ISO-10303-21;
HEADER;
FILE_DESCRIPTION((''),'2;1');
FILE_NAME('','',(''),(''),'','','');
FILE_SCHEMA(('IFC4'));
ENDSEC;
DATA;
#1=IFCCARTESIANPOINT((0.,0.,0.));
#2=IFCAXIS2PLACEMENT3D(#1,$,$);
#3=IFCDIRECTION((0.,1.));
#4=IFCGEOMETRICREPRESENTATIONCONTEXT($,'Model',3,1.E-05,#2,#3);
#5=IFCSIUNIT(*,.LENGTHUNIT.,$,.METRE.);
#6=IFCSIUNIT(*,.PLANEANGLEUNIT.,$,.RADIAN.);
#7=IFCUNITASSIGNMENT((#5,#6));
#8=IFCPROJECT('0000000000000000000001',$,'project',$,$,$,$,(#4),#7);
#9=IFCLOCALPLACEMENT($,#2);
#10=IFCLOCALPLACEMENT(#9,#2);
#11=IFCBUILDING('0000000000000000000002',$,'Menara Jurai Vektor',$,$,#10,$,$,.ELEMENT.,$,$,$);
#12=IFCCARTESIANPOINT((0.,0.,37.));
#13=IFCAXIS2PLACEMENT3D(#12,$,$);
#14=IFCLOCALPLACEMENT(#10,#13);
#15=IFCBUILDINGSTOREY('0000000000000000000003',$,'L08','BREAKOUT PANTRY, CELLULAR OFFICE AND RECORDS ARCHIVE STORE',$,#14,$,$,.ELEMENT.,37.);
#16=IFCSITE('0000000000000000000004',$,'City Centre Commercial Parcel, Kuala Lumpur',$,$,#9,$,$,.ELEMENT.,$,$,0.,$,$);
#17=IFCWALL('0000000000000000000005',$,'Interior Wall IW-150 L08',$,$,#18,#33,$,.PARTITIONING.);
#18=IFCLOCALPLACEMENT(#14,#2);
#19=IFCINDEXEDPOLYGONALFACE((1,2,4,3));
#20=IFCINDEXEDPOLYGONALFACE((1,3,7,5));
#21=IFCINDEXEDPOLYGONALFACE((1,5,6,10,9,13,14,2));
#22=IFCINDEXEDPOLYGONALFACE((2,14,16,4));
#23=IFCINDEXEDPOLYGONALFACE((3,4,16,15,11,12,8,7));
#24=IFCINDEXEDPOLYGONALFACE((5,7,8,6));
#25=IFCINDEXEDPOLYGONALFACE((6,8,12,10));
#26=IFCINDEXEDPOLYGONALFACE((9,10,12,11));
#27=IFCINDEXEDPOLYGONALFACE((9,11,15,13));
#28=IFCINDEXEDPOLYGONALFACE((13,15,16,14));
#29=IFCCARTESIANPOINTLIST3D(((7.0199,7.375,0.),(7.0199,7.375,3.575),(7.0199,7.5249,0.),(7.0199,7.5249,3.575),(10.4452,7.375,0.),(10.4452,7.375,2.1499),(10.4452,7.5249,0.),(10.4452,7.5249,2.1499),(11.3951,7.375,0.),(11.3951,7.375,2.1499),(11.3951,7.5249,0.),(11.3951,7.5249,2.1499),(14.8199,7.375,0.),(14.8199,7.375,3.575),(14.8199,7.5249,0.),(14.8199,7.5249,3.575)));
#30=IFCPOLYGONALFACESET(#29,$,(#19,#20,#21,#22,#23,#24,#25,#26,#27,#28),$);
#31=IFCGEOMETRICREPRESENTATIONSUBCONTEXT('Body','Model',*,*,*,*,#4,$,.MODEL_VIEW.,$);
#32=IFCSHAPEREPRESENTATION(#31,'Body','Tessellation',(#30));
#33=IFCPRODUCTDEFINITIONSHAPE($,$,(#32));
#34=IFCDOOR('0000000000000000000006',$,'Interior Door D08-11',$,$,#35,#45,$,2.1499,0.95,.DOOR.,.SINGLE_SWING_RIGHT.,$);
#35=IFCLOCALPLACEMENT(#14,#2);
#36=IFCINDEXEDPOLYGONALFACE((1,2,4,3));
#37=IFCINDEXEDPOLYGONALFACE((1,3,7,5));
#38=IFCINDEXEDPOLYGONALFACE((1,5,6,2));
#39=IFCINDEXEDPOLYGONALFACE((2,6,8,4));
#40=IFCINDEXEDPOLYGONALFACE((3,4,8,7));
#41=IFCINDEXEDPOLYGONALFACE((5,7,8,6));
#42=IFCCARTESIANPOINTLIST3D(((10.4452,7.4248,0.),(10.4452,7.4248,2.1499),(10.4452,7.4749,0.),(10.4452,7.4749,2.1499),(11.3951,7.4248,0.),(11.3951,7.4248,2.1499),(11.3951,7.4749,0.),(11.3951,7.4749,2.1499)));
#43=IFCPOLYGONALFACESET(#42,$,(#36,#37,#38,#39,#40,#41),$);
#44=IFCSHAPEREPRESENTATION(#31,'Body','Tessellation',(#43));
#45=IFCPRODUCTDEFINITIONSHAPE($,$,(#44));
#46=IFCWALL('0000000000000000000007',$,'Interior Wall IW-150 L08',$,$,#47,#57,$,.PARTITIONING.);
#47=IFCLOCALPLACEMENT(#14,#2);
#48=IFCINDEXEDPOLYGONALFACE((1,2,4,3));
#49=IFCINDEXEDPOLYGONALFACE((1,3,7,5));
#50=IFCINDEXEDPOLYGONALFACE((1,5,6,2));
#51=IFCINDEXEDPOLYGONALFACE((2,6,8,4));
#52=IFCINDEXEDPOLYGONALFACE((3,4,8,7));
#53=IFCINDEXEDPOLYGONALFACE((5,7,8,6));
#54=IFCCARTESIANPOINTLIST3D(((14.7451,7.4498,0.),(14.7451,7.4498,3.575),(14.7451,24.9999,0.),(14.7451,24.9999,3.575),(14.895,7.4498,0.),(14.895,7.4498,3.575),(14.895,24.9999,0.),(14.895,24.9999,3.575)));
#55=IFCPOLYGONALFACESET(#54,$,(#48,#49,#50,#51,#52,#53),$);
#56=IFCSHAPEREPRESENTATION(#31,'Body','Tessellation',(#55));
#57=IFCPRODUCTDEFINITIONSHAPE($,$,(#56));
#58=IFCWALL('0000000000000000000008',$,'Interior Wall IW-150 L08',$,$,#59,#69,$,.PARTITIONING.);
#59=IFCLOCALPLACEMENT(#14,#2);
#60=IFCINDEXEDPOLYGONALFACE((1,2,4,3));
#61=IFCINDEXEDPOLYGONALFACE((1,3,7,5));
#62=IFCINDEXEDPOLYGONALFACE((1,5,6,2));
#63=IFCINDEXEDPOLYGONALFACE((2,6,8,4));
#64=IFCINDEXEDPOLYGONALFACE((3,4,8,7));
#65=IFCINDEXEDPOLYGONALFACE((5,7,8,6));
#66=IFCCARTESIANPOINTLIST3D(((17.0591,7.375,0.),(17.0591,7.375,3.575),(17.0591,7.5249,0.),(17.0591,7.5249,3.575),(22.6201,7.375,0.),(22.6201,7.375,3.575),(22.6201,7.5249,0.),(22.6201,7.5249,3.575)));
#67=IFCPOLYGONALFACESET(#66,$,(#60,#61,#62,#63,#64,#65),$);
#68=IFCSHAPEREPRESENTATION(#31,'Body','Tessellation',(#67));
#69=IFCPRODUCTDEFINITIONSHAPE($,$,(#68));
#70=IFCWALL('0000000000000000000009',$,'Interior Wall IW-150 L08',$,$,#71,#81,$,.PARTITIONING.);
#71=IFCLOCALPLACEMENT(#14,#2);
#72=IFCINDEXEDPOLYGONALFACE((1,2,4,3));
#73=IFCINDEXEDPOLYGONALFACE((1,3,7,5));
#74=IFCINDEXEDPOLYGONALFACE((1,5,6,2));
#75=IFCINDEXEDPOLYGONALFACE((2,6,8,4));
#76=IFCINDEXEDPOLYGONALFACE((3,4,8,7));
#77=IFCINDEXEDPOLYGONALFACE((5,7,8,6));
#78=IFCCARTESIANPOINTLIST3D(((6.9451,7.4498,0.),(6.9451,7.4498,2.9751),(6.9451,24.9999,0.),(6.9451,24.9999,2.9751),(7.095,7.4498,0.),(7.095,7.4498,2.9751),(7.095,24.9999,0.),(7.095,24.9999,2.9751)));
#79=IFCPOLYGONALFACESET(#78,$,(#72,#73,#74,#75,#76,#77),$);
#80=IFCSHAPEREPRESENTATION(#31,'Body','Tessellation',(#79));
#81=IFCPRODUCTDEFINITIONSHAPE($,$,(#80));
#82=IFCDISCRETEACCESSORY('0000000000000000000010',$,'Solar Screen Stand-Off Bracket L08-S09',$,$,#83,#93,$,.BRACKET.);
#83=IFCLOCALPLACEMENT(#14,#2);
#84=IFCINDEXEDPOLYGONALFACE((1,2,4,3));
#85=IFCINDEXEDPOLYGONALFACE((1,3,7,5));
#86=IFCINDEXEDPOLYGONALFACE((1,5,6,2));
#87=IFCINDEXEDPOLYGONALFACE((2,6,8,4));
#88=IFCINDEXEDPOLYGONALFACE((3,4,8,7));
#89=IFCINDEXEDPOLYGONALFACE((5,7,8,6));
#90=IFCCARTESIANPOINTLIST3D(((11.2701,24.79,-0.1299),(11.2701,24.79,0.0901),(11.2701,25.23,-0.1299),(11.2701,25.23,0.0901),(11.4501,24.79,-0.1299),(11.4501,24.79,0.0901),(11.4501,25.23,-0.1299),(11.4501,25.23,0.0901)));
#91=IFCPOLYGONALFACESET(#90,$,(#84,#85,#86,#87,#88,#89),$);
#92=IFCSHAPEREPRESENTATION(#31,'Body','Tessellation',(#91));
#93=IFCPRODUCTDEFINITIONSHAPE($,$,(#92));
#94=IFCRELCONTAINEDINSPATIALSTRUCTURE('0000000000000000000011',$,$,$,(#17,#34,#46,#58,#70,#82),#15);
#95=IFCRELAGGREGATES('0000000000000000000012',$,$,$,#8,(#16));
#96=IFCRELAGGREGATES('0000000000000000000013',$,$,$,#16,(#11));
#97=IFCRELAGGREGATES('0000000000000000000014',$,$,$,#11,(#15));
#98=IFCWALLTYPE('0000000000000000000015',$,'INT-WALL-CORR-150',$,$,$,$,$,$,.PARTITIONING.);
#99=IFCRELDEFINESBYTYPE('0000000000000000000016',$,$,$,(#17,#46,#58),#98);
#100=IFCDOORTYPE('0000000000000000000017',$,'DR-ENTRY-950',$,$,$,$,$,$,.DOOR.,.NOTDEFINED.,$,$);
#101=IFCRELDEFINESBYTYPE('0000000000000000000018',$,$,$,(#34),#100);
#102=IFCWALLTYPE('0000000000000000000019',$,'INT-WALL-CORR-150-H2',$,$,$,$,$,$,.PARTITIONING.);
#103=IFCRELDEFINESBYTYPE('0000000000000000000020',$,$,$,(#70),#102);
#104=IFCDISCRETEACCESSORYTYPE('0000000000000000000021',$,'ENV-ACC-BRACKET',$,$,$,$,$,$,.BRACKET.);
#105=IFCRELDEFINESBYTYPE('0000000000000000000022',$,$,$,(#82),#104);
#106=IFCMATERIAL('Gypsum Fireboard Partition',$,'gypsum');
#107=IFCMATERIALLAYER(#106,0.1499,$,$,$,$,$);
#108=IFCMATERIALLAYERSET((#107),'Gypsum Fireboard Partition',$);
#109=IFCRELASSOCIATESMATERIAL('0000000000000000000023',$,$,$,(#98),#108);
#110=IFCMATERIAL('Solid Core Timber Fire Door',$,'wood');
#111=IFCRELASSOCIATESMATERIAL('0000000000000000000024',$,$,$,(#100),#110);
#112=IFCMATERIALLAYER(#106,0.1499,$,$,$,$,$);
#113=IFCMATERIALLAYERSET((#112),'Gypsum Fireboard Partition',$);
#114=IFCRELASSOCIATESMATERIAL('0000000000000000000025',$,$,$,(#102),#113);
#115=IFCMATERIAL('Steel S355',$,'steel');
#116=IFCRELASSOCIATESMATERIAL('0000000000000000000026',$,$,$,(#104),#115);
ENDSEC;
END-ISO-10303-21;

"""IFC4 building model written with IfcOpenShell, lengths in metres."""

from ifc_helpers import new_model, si_unit, direction, frame, frame_2d, origin, origin_2d, place, context, subcontext, project, spatial, rectangle, extrude, material, layer, layer_set, type_object, element, fill, save


model = new_model("IFC4")

# Units and contexts
model_context = context("Model", 3, precision=1e-05, world=origin(), true_north=direction((0.0, 1.0)))
body_context = subcontext(model_context, "Body", "Model", "MODEL_VIEW")
ifc_project = project(units=[si_unit("LENGTHUNIT", "METRE"), si_unit("PLANEANGLEUNIT", "RADIAN")], contexts=[model_context])

# Site, building, storey
site_placement = place(None, origin())
site = spatial("IfcSite", under=ifc_project, at=site_placement, Name="City Centre Commercial Parcel, Kuala Lumpur", CompositionType="ELEMENT", RefElevation=0.0)
building_placement = place(site_placement, origin())
building = spatial("IfcBuilding", under=site, at=building_placement, Name="Menara Jurai Vektor", CompositionType="ELEMENT")
storey_placement = place(building_placement, frame((0.0, 0.0, 37.0)))
storey = spatial("IfcBuildingStorey", under=building, at=storey_placement, Name="L08", Description="BREAKOUT PANTRY, CELLULAR OFFICE AND RECORDS ARCHIVE STORE", CompositionType="ELEMENT", Elevation=37.0)

# Shared definitions
ifc_material_1 = material(Name="Steel S355", Category="steel")

# Shared definitions
ifc_material_2 = material(Name="Gypsum Fireboard Partition", Category="gypsum")
ifc_layer_1 = layer(ifc_material_2, 0.1499)
ifc_layer_set_1 = layer_set([ifc_layer_1], Name="Gypsum Fireboard Partition")
wall_type_1 = type_object("IfcWallType", Name="INT-WALL-CORR-150", PredefinedType="PARTITIONING", material=ifc_layer_set_1)
ifc_material_3 = material(Name="Solid Core Timber Fire Door", Category="wood")
door_type = type_object("IfcDoorType", Name="DR-ENTRY-950", OperationType="NOTDEFINED", PredefinedType="DOOR", material=ifc_material_3)

# Wall, opening, door
wall_1_placement = place(storey_placement, frame((7.02, 7.45, 0.0), z_axis=(0.0, 0.0, 1.0), x_axis=(1.0, 0.0, 0.0)))
wall_1 = element("IfcWall", 1, at=wall_1_placement, inside=storey, type_object=wall_type_1, Name="Interior Wall IW-150 L08", PredefinedType="PARTITIONING", context=body_context, shape_type="SweptSolid", body=[
    extrude(rectangle(XDim=7.8, YDim=0.1499, at=frame_2d((3.8999, 0.0))), origin(), (0.0, 0.0, 1.0), 3.575),
])
opening_1_placement = place(wall_1_placement, frame((3.425, 0.0, 0.0)))
opening_1 = element("IfcOpeningElement", 2, at=opening_1_placement, cuts=wall_1, PredefinedType="OPENING", context=body_context, shape_type="SweptSolid", body=[
    extrude(rectangle(XDim=0.95, YDim=2.1499, at=frame_2d((0.4751, 1.075))), frame((0.0, 0.085, 0.0), z_axis=(0.0, -1.0, 0.0), x_axis=(1.0, 0.0, 0.0)), (0.0, 0.0, 1.0), 0.1699),
])
door_1_placement = place(opening_1_placement, origin())
door_1 = element("IfcDoor", 3, at=door_1_placement, inside=storey, type_object=door_type, Name="Interior Door D08-11", OperationType="SINGLE_SWING_RIGHT", OverallHeight=2.1499, OverallWidth=0.95, PredefinedType="DOOR", context=body_context, shape_type="SweptSolid", body=[
    extrude(rectangle(XDim=0.95, YDim=2.1499, at=frame_2d((0.4751, 1.075))), frame((0.0, 0.0249, 0.0), z_axis=(0.0, -1.0, 0.0), x_axis=(1.0, 0.0, 0.0)), (0.0, 0.0, 1.0), 0.05),
])
fill(opening_1, door_1)

# Walls
wall_2_placement = place(storey_placement, frame((14.8201, 7.45, 0.0), z_axis=(0.0, 0.0, 1.0), x_axis=(0.0, 1.0, 0.0)))
element("IfcWall", 4, at=wall_2_placement, inside=storey, type_object=wall_type_1, Name="Interior Wall IW-150 L08", PredefinedType="PARTITIONING", context=body_context, shape_type="SweptSolid", body=[
    extrude(rectangle(XDim=17.55, YDim=0.1499, at=frame_2d((8.7749, 0.0))), origin(), (0.0, 0.0, 1.0), 3.575),
])
wall_3_placement = place(storey_placement, frame((17.0591, 7.45, 0.0), z_axis=(0.0, 0.0, 1.0), x_axis=(1.0, 0.0, 0.0)))
element("IfcWall", 5, at=wall_3_placement, inside=storey, type_object=wall_type_1, Name="Interior Wall IW-150 L08", PredefinedType="PARTITIONING", context=body_context, shape_type="SweptSolid", body=[
    extrude(rectangle(XDim=5.561, YDim=0.1499, at=frame_2d((2.7805, 0.0))), origin(), (0.0, 0.0, 1.0), 3.575),
])
ifc_layer_2 = layer(ifc_material_2, 0.1499)
ifc_layer_set_2 = layer_set([ifc_layer_2], Name="Gypsum Fireboard Partition")
wall_type_2 = type_object("IfcWallType", Name="INT-WALL-CORR-150-H2", PredefinedType="PARTITIONING", material=ifc_layer_set_2)
wall_4_placement = place(storey_placement, frame((7.02, 7.45, 0.0), z_axis=(0.0, 0.0, 1.0), x_axis=(0.0, 1.0, 0.0)))
element("IfcWall", 6, at=wall_4_placement, inside=storey, type_object=wall_type_2, Name="Interior Wall IW-150 L08", PredefinedType="PARTITIONING", context=body_context, shape_type="SweptSolid", body=[
    extrude(rectangle(XDim=17.55, YDim=0.1499, at=frame_2d((8.7749, 0.0))), origin(), (0.0, 0.0, 1.0), 2.9751),
])

# Discrete accessory
discrete_accessory_type = type_object("IfcDiscreteAccessoryType", Name="ENV-ACC-BRACKET", PredefinedType="BRACKET", material=ifc_material_1)
discrete_accessory_placement = place(storey_placement, frame((11.3601, 25.01, -0.1299), z_axis=(0.0, 0.0, 1.0), x_axis=(-1.0, 0.0, 0.0)))
element("IfcDiscreteAccessory", 7, at=discrete_accessory_placement, inside=storey, type_object=discrete_accessory_type, Name="Solar Screen Stand-Off Bracket L08-S09", PredefinedType="BRACKET", context=body_context, shape_type="SweptSolid", body=[
    extrude(rectangle(XDim=0.1799, YDim=0.4399, at=origin_2d()), origin(), (0.0, 0.0, 1.0), 0.22),
])

save(model, "model.ifc")
